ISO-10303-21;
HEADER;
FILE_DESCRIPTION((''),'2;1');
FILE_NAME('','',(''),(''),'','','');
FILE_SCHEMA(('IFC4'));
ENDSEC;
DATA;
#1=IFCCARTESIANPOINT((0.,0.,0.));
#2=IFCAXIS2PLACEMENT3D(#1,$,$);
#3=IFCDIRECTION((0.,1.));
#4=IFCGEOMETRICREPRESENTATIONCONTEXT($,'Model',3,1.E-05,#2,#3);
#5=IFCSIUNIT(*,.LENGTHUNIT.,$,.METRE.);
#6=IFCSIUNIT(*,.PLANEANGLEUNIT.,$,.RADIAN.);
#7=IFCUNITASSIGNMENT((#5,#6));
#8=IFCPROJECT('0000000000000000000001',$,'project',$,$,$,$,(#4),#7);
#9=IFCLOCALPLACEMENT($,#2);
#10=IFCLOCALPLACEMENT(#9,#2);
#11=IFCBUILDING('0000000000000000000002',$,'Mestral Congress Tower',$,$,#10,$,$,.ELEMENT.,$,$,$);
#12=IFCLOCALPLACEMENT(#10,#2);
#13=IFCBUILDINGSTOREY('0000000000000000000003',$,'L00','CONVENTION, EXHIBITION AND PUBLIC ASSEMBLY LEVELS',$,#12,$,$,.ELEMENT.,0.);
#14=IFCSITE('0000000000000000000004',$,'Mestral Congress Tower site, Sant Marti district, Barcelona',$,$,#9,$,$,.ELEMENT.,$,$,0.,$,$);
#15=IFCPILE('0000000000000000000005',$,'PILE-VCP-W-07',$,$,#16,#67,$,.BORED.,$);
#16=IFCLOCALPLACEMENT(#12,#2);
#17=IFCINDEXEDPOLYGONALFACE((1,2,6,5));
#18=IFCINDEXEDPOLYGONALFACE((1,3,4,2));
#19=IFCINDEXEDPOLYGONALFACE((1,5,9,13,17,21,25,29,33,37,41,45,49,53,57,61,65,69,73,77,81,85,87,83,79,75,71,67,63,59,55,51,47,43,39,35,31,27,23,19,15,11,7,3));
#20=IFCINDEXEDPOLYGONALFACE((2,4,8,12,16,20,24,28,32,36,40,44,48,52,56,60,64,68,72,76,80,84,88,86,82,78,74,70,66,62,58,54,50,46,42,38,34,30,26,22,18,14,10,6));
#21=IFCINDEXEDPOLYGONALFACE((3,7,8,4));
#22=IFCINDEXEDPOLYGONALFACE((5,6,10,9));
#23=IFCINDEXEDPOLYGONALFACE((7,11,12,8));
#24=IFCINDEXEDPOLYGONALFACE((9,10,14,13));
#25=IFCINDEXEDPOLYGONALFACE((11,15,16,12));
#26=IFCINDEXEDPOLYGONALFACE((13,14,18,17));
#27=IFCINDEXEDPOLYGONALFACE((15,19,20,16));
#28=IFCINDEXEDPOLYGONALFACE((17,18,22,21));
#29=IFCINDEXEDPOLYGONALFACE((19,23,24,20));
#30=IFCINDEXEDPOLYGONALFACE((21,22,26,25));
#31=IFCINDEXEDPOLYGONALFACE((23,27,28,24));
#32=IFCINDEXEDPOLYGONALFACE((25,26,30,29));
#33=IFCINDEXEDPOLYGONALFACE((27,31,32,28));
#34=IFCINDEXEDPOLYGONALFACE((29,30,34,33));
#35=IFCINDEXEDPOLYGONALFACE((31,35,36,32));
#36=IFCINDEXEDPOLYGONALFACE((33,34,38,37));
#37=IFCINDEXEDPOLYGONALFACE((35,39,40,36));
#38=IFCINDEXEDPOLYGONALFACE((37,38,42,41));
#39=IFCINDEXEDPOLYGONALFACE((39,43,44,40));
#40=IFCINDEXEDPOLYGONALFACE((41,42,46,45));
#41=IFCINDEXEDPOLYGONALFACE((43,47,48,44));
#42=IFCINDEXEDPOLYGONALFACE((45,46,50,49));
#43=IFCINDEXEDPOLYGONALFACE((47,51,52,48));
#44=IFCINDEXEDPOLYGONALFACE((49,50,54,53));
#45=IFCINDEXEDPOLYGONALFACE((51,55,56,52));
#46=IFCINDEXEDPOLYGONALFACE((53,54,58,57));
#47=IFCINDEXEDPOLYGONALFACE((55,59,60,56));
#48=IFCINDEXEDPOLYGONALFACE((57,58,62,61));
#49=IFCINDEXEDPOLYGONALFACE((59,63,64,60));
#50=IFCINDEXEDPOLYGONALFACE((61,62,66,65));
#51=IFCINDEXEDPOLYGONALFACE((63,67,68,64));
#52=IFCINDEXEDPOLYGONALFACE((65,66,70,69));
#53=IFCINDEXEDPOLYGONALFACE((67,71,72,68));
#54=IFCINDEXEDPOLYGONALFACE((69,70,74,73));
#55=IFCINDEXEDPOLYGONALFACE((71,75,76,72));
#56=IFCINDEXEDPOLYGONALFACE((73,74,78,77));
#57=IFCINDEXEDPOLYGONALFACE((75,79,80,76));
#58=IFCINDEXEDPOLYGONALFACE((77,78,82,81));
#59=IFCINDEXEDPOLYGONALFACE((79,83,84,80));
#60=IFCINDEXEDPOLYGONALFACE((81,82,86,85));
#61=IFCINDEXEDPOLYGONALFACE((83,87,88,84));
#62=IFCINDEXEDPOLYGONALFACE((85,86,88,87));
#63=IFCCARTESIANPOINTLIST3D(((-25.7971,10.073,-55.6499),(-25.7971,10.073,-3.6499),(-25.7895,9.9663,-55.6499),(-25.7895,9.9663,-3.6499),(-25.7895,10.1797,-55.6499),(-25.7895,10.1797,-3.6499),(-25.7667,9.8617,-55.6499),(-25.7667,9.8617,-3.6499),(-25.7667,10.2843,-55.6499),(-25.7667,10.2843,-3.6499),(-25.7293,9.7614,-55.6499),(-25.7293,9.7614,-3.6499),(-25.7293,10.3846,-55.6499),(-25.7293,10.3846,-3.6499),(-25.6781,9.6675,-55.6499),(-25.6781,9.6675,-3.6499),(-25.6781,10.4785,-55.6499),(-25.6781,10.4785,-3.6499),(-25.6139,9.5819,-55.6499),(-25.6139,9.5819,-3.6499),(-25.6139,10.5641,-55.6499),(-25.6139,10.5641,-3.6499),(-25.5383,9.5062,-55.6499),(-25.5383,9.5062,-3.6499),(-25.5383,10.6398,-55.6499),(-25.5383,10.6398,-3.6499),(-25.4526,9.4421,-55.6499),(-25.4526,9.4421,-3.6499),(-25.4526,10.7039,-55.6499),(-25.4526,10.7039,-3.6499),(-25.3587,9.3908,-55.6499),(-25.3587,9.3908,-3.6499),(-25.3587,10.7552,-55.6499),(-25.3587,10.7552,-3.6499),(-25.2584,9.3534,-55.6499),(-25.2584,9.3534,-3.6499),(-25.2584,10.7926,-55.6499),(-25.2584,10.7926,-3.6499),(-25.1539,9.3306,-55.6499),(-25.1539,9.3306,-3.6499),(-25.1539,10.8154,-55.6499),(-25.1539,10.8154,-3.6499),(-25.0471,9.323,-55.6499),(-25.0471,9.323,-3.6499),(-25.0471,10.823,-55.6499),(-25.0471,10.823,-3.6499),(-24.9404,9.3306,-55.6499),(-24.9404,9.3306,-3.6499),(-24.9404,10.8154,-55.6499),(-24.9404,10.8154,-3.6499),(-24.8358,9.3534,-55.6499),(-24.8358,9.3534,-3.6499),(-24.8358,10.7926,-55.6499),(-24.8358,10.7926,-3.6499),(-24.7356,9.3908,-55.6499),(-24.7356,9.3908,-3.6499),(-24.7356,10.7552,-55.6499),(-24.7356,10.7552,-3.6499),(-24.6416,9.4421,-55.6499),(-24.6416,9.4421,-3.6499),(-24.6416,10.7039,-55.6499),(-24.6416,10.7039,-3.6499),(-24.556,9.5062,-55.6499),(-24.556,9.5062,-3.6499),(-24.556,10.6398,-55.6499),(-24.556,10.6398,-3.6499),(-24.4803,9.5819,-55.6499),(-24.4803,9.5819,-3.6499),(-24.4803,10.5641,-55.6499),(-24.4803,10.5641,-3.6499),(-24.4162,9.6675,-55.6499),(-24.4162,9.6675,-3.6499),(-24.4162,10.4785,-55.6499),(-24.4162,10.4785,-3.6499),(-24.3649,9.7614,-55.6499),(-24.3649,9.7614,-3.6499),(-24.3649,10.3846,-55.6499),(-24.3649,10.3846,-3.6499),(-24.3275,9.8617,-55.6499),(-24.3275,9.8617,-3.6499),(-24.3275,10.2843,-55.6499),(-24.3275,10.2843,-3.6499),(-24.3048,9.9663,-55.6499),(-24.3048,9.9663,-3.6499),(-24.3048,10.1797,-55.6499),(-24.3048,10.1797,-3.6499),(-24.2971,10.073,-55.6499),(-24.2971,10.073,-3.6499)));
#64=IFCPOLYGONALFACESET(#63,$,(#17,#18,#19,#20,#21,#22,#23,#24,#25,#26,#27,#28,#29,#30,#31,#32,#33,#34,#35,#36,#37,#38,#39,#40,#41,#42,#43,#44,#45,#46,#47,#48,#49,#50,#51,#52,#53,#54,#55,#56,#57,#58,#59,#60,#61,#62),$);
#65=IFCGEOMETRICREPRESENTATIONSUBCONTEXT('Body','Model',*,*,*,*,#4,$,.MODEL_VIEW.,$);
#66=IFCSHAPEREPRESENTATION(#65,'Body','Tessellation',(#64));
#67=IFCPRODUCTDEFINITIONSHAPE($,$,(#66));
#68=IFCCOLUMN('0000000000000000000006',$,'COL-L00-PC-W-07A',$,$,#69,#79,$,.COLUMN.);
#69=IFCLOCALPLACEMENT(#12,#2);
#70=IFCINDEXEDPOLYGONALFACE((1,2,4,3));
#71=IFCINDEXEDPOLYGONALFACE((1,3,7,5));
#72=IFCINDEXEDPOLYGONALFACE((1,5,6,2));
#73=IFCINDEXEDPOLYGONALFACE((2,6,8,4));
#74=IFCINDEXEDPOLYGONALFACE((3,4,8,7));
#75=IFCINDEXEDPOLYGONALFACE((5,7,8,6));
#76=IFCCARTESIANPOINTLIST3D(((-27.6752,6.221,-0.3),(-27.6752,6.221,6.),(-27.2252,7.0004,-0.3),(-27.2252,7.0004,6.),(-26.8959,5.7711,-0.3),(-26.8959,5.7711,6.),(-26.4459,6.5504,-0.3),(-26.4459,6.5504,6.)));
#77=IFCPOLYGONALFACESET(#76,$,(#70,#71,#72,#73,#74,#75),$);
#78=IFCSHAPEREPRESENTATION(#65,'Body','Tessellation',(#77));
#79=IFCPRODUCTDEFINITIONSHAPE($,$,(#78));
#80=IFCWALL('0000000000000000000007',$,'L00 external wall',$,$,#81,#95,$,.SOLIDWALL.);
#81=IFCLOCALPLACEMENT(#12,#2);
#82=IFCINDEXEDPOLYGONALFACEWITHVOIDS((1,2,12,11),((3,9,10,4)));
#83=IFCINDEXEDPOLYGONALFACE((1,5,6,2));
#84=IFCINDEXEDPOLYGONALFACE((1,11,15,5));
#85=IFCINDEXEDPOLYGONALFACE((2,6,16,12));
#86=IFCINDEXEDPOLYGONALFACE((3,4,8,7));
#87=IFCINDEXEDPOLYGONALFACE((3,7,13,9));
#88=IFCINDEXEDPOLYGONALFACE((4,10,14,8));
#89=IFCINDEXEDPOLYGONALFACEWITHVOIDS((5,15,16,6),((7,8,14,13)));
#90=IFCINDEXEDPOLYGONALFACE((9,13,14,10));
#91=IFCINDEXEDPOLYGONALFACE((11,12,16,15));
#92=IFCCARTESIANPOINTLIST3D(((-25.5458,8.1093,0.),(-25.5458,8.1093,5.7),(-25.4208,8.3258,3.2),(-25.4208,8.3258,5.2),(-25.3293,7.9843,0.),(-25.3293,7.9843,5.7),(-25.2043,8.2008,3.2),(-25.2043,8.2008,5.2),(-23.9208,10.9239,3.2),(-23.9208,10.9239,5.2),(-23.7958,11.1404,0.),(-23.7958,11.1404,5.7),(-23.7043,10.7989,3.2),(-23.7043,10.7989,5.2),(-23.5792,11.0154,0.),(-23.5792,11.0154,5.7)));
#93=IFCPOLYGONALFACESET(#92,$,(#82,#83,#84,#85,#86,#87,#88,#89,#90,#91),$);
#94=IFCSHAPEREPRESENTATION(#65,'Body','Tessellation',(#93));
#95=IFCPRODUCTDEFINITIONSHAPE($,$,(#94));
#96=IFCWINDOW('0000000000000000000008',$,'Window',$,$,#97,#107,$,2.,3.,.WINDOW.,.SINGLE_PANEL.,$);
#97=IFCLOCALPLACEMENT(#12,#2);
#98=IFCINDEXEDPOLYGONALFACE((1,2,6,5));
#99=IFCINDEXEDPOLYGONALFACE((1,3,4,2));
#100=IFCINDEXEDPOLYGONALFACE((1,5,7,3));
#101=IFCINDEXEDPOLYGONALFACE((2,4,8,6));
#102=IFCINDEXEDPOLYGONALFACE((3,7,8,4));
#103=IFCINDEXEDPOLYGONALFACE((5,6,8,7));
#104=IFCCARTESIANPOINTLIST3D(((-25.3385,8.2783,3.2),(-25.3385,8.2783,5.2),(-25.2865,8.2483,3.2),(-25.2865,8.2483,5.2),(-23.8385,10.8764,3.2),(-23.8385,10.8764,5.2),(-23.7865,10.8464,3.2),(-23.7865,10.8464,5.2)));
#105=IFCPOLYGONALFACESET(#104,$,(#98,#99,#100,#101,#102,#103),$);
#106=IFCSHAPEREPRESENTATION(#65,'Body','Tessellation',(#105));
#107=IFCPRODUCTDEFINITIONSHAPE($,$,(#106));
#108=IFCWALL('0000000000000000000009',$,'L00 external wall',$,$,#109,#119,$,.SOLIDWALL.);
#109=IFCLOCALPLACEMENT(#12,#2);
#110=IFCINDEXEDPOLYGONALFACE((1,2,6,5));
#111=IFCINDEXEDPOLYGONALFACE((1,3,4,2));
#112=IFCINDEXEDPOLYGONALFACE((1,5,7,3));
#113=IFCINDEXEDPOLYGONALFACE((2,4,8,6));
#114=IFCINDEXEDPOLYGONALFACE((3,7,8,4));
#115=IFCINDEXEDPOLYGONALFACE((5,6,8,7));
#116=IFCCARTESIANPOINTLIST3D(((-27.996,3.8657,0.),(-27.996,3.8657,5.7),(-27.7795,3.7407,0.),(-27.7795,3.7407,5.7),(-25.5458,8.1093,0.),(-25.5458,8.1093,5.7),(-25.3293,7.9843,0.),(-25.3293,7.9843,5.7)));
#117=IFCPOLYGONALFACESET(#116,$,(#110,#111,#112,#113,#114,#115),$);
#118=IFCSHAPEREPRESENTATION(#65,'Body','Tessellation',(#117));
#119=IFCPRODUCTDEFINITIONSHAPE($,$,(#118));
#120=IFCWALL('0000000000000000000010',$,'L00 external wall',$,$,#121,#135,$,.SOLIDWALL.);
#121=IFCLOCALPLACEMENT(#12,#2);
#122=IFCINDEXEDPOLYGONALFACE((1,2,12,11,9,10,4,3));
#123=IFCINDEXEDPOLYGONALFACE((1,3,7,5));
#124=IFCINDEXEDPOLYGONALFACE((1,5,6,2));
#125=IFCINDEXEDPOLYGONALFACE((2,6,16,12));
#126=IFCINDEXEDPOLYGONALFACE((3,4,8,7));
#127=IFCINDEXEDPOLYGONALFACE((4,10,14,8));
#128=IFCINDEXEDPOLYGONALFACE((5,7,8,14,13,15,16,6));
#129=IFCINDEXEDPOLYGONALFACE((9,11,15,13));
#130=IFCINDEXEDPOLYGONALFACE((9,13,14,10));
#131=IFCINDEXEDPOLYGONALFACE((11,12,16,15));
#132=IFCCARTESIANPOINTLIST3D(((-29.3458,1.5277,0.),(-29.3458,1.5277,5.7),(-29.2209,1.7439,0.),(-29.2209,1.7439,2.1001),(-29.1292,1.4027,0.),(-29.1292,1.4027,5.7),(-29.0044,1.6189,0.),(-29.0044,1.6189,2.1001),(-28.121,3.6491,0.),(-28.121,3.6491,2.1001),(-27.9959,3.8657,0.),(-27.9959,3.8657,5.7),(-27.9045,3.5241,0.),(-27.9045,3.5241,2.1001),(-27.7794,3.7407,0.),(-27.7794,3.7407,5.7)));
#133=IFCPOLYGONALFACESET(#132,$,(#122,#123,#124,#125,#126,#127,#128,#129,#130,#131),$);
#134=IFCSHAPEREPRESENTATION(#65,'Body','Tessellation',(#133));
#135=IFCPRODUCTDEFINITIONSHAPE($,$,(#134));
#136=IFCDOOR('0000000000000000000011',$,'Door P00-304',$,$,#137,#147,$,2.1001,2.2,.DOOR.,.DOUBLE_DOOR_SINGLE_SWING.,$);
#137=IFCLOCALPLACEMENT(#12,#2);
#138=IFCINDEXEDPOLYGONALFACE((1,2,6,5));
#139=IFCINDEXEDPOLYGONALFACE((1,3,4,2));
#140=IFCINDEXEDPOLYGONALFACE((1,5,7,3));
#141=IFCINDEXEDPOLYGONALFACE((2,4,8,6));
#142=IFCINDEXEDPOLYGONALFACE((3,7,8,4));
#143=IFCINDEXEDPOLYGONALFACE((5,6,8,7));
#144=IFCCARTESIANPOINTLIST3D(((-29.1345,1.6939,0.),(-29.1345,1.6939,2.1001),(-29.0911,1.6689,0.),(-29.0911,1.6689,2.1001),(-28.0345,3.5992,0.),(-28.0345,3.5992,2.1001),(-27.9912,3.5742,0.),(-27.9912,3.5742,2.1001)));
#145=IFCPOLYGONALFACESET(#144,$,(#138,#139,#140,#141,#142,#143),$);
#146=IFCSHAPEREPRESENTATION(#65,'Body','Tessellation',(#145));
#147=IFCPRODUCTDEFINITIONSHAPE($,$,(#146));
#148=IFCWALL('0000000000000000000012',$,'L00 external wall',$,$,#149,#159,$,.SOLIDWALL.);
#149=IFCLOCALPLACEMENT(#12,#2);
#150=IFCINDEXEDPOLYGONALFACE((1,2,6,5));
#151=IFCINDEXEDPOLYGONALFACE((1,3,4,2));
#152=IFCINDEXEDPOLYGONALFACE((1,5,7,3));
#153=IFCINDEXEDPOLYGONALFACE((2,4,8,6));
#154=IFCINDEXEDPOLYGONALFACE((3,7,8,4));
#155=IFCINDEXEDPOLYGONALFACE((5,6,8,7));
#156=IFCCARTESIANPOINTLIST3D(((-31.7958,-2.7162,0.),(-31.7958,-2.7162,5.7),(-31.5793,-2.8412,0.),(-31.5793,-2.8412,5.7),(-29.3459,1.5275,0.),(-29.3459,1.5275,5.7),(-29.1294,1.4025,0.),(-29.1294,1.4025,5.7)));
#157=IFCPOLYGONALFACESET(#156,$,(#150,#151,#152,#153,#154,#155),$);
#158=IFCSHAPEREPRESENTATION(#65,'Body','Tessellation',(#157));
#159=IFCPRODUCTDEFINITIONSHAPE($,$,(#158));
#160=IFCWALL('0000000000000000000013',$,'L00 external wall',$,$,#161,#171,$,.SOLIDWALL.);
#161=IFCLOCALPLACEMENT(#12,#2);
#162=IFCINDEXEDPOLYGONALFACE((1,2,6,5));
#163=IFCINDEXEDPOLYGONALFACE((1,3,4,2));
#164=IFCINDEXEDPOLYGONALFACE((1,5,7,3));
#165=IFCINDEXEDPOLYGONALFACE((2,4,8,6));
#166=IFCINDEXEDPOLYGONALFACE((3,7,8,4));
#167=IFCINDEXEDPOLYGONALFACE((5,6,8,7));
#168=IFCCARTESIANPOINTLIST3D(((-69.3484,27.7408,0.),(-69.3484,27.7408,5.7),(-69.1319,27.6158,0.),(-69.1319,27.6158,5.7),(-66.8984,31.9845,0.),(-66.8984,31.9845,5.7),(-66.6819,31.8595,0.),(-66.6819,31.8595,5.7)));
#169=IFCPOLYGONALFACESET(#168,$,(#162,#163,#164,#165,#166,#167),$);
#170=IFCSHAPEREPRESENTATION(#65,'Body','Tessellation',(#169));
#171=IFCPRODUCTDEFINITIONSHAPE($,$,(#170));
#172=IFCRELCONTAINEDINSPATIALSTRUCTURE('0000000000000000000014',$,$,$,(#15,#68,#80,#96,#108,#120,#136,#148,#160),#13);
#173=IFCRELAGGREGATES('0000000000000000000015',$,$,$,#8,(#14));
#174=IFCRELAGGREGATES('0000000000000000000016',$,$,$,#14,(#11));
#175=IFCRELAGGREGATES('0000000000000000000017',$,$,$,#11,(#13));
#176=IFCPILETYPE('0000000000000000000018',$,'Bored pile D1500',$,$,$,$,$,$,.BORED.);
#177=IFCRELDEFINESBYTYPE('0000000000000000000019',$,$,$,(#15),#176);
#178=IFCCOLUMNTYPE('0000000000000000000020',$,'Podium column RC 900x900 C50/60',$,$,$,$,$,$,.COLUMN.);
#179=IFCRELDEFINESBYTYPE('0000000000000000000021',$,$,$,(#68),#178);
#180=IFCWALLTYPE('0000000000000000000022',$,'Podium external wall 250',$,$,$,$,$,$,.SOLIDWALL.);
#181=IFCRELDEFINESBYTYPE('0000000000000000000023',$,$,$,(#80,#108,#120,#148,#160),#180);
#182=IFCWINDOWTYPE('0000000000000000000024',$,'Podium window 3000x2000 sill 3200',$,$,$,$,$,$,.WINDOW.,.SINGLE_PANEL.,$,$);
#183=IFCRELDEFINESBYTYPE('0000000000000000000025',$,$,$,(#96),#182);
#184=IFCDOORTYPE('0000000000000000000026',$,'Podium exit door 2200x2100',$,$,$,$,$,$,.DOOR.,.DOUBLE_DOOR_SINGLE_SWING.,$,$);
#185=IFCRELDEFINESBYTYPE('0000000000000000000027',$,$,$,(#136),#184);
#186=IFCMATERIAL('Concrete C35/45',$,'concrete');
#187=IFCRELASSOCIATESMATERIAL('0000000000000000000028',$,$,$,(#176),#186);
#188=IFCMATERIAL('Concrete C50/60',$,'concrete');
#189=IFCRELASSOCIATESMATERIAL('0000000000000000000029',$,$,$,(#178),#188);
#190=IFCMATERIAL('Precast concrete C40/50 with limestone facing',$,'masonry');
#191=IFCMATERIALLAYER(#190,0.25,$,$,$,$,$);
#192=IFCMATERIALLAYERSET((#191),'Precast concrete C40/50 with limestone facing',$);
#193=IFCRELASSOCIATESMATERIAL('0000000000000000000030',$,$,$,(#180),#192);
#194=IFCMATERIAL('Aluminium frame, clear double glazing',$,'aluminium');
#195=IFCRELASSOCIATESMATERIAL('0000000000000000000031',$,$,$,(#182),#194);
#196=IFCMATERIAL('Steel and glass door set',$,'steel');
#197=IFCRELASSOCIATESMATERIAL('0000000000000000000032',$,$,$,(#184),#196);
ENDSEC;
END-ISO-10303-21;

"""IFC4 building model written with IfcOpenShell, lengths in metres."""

from ifc_helpers import new_model, si_unit, direction, frame, frame_2d, origin, origin_2d, place, context, subcontext, project, spatial, rectangle, circle, extrude, material, layer, layer_set, material_profile, profile_set, type_object, element, fill, save


model = new_model("IFC4")

# Units and contexts
model_context = context("Model", 3, precision=1e-05, world=origin(), true_north=direction((0.0, 1.0)))
body_context = subcontext(model_context, "Body", "Model", "MODEL_VIEW")
ifc_project = project(units=[si_unit("LENGTHUNIT", "METRE"), si_unit("PLANEANGLEUNIT", "RADIAN")], contexts=[model_context])

# Site, building, storey
site_placement = place(None, origin())
site = spatial("IfcSite", under=ifc_project, at=site_placement, Name="Mestral Congress Tower site, Sant Marti district, Barcelona", CompositionType="ELEMENT", RefElevation=0.0)
building_placement = place(site_placement, origin())
building = spatial("IfcBuilding", under=site, at=building_placement, Name="Mestral Congress Tower", CompositionType="ELEMENT")
storey_placement = place(building_placement, origin())
storey = spatial("IfcBuildingStorey", under=building, at=storey_placement, Name="L00", Description="CONVENTION, EXHIBITION AND PUBLIC ASSEMBLY LEVELS", CompositionType="ELEMENT", Elevation=0.0)

# Pile
ifc_material_1 = material(Name="Concrete C35/45", Category="concrete")
ifc_material_profile_1 = material_profile(ifc_material_1, circle(Radius=0.75, at=origin_2d()), Name="D1500")
ifc_profile_set_1 = profile_set([ifc_material_profile_1], Name="Concrete C35/45")
pile_type_1 = type_object("IfcPileType", Name="Bored pile D1500", PredefinedType="BORED", material=ifc_profile_set_1)
pile_placement = place(storey_placement, frame((-25.0471, 10.073, -3.6499), z_axis=(0.0, 0.0, -1.0), x_axis=(1.0, 0.0, 0.0)))
element("IfcPile", 1, at=pile_placement, inside=storey, type_object=pile_type_1, Name="PILE-VCP-W-07", PredefinedType="BORED", context=body_context, shape_type="SweptSolid", body=[
    extrude(circle(Radius=0.75, at=origin_2d()), origin(), (0.0, 0.0, 1.0), 52.0),
])

# Column
ifc_material_2 = material(Name="Concrete C50/60", Category="concrete")
ifc_material_profile_2 = material_profile(ifc_material_2, rectangle(XDim=0.8999, YDim=0.8999, at=origin_2d()), Name="RC 900x900")
ifc_profile_set_2 = profile_set([ifc_material_profile_2], Name="Concrete C50/60")
column_type = type_object("IfcColumnType", Name="Podium column RC 900x900 C50/60", PredefinedType="COLUMN", material=ifc_profile_set_2)
column_placement = place(storey_placement, frame((-27.0605, 6.3857, -0.3), z_axis=(0.0, 0.0, 1.0), x_axis=(-0.5, -0.866025, 0.0)))
element("IfcColumn", 2, at=column_placement, inside=storey, type_object=column_type, Name="COL-L00-PC-W-07A", PredefinedType="COLUMN", context=body_context, shape_type="SweptSolid", body=[
    extrude(rectangle(XDim=0.8999, YDim=0.8999, at=origin_2d()), origin(), (0.0, 0.0, 1.0), 6.3),
])

# Wall, opening, window
ifc_material_3 = material(Name="Precast concrete C40/50 with limestone facing", Category="masonry")
ifc_layer_1 = layer(ifc_material_3, 0.25)
ifc_layer_set_1 = layer_set([ifc_layer_1], Name="Precast concrete C40/50 with limestone facing")
wall_type_1 = type_object("IfcWallType", Name="Podium external wall 250", PredefinedType="SOLIDWALL", material=ifc_layer_set_1)
wall_1_placement = place(storey_placement, frame((-23.6875, 11.0779, 0.0), z_axis=(0.0, 0.0, 1.0), x_axis=(-0.50001, -0.866019, 0.0)))
wall_1 = element("IfcWall", 3, at=wall_1_placement, inside=storey, type_object=wall_type_1, Name="L00 external wall", PredefinedType="SOLIDWALL", context=body_context, shape_type="SweptSolid", body=[
    extrude(rectangle(XDim=3.5, YDim=0.25, at=frame_2d((1.75, 0.0))), origin(), (0.0, 0.0, 1.0), 5.7),
])
opening_1_placement = place(wall_1_placement, frame((0.25, 0.0, 3.2)))
opening_1 = element("IfcOpeningElement", 4, at=opening_1_placement, cuts=wall_1, PredefinedType="OPENING", context=body_context, shape_type="SweptSolid", body=[
    extrude(rectangle(XDim=3.0, YDim=2.0, at=frame_2d((1.5, 1.0))), frame((0.0, 0.135, 0.0), z_axis=(0.0, -1.0, 0.0), x_axis=(1.0, 0.0, 0.0)), (0.0, 0.0, 1.0), 0.27),
])
ifc_material_4 = material(Name="Aluminium frame, clear double glazing", Category="aluminium")
window_type = type_object("IfcWindowType", Name="Podium window 3000x2000 sill 3200", PartitioningType="SINGLE_PANEL", PredefinedType="WINDOW", material=ifc_material_4)
window_placement = place(opening_1_placement, origin())
window = element("IfcWindow", 5, at=window_placement, inside=storey, type_object=window_type, Name="Window", OverallHeight=2.0, OverallWidth=3.0, PartitioningType="SINGLE_PANEL", PredefinedType="WINDOW", context=body_context, shape_type="SweptSolid", body=[
    extrude(rectangle(XDim=3.0, YDim=2.0, at=frame_2d((1.5, 1.0))), frame((0.0, 0.03, 0.0), z_axis=(0.0, -1.0, 0.0), x_axis=(1.0, 0.0, 0.0)), (0.0, 0.0, 1.0), 0.0601),
])
fill(opening_1, window)

# Wall
wall_2_placement = place(storey_placement, frame((-25.4375, 8.0469, 0.0), z_axis=(0.0, 0.0, 1.0), x_axis=(-0.500019, -0.866015, 0.0)))
element("IfcWall", 6, at=wall_2_placement, inside=storey, type_object=wall_type_1, Name="L00 external wall", PredefinedType="SOLIDWALL", context=body_context, shape_type="SweptSolid", body=[
    extrude(rectangle(XDim=4.9001, YDim=0.25, at=frame_2d((2.4502, 0.0))), origin(), (0.0, 0.0, 1.0), 5.7),
])

# Wall, opening, door
wall_3_placement = place(storey_placement, frame((-27.8877, 3.8032, 0.0), z_axis=(0.0, 0.0, 1.0), x_axis=(-0.499981, -0.866037, 0.0)))
wall_3 = element("IfcWall", 7, at=wall_3_placement, inside=storey, type_object=wall_type_1, Name="L00 external wall", PredefinedType="SOLIDWALL", context=body_context, shape_type="SweptSolid", body=[
    extrude(rectangle(XDim=2.6997, YDim=0.25, at=frame_2d((1.3499, 0.0))), origin(), (0.0, 0.0, 1.0), 5.7),
])
opening_2_placement = place(wall_3_placement, frame((0.25, 0.0, 0.0)))
opening_2 = element("IfcOpeningElement", 8, at=opening_2_placement, cuts=wall_3, PredefinedType="OPENING", context=body_context, shape_type="SweptSolid", body=[
    extrude(rectangle(XDim=2.2, YDim=2.1001, at=frame_2d((1.1001, 1.05))), frame((0.0, 0.135, 0.0), z_axis=(0.0, -1.0, 0.0), x_axis=(1.0, 0.0, 0.0)), (0.0, 0.0, 1.0), 0.27),
])
ifc_material_5 = material(Name="Steel and glass door set", Category="steel")
door_type_1 = type_object("IfcDoorType", Name="Podium exit door 2200x2100", OperationType="DOUBLE_DOOR_SINGLE_SWING", PredefinedType="DOOR", material=ifc_material_5)
door_1_placement = place(opening_2_placement, origin())
door_1 = element("IfcDoor", 9, at=door_1_placement, inside=storey, type_object=door_type_1, Name="Door P00-304", OperationType="DOUBLE_DOOR_SINGLE_SWING", OverallHeight=2.1001, OverallWidth=2.2, PredefinedType="DOOR", context=body_context, shape_type="SweptSolid", body=[
    extrude(rectangle(XDim=2.2, YDim=2.1001, at=frame_2d((1.1001, 1.05))), frame((0.0, 0.0249, 0.0), z_axis=(0.0, -1.0, 0.0), x_axis=(1.0, 0.0, 0.0)), (0.0, 0.0, 1.0), 0.05),
])
fill(opening_2, door_1)

# Walls
for number, where, z_axis, x_axis, name in (
    (10, (-29.2375, 1.4651, 0.0), (0.0, 0.0, 1.0), (-0.499981, -0.866036, 0.0), "L00 external wall"),
    (11, (-69.2402, 27.6782, 0.0), (0.0, 0.0, 1.0), (0.499981, 0.866036, 0.0), "L00 external wall"),
):
    element("IfcWall", number, at=place(storey_placement, frame(where, z_axis=z_axis, x_axis=x_axis)), inside=storey, type_object=wall_type_1, Name=name, PredefinedType="SOLIDWALL", context=body_context, shape_type="SweptSolid", body=[
        extrude(rectangle(XDim=4.9001, YDim=0.25, at=frame_2d((2.4502, 0.0))), origin(), (0.0, 0.0, 1.0), 5.7),
    ])

save(model, "model.ifc")
